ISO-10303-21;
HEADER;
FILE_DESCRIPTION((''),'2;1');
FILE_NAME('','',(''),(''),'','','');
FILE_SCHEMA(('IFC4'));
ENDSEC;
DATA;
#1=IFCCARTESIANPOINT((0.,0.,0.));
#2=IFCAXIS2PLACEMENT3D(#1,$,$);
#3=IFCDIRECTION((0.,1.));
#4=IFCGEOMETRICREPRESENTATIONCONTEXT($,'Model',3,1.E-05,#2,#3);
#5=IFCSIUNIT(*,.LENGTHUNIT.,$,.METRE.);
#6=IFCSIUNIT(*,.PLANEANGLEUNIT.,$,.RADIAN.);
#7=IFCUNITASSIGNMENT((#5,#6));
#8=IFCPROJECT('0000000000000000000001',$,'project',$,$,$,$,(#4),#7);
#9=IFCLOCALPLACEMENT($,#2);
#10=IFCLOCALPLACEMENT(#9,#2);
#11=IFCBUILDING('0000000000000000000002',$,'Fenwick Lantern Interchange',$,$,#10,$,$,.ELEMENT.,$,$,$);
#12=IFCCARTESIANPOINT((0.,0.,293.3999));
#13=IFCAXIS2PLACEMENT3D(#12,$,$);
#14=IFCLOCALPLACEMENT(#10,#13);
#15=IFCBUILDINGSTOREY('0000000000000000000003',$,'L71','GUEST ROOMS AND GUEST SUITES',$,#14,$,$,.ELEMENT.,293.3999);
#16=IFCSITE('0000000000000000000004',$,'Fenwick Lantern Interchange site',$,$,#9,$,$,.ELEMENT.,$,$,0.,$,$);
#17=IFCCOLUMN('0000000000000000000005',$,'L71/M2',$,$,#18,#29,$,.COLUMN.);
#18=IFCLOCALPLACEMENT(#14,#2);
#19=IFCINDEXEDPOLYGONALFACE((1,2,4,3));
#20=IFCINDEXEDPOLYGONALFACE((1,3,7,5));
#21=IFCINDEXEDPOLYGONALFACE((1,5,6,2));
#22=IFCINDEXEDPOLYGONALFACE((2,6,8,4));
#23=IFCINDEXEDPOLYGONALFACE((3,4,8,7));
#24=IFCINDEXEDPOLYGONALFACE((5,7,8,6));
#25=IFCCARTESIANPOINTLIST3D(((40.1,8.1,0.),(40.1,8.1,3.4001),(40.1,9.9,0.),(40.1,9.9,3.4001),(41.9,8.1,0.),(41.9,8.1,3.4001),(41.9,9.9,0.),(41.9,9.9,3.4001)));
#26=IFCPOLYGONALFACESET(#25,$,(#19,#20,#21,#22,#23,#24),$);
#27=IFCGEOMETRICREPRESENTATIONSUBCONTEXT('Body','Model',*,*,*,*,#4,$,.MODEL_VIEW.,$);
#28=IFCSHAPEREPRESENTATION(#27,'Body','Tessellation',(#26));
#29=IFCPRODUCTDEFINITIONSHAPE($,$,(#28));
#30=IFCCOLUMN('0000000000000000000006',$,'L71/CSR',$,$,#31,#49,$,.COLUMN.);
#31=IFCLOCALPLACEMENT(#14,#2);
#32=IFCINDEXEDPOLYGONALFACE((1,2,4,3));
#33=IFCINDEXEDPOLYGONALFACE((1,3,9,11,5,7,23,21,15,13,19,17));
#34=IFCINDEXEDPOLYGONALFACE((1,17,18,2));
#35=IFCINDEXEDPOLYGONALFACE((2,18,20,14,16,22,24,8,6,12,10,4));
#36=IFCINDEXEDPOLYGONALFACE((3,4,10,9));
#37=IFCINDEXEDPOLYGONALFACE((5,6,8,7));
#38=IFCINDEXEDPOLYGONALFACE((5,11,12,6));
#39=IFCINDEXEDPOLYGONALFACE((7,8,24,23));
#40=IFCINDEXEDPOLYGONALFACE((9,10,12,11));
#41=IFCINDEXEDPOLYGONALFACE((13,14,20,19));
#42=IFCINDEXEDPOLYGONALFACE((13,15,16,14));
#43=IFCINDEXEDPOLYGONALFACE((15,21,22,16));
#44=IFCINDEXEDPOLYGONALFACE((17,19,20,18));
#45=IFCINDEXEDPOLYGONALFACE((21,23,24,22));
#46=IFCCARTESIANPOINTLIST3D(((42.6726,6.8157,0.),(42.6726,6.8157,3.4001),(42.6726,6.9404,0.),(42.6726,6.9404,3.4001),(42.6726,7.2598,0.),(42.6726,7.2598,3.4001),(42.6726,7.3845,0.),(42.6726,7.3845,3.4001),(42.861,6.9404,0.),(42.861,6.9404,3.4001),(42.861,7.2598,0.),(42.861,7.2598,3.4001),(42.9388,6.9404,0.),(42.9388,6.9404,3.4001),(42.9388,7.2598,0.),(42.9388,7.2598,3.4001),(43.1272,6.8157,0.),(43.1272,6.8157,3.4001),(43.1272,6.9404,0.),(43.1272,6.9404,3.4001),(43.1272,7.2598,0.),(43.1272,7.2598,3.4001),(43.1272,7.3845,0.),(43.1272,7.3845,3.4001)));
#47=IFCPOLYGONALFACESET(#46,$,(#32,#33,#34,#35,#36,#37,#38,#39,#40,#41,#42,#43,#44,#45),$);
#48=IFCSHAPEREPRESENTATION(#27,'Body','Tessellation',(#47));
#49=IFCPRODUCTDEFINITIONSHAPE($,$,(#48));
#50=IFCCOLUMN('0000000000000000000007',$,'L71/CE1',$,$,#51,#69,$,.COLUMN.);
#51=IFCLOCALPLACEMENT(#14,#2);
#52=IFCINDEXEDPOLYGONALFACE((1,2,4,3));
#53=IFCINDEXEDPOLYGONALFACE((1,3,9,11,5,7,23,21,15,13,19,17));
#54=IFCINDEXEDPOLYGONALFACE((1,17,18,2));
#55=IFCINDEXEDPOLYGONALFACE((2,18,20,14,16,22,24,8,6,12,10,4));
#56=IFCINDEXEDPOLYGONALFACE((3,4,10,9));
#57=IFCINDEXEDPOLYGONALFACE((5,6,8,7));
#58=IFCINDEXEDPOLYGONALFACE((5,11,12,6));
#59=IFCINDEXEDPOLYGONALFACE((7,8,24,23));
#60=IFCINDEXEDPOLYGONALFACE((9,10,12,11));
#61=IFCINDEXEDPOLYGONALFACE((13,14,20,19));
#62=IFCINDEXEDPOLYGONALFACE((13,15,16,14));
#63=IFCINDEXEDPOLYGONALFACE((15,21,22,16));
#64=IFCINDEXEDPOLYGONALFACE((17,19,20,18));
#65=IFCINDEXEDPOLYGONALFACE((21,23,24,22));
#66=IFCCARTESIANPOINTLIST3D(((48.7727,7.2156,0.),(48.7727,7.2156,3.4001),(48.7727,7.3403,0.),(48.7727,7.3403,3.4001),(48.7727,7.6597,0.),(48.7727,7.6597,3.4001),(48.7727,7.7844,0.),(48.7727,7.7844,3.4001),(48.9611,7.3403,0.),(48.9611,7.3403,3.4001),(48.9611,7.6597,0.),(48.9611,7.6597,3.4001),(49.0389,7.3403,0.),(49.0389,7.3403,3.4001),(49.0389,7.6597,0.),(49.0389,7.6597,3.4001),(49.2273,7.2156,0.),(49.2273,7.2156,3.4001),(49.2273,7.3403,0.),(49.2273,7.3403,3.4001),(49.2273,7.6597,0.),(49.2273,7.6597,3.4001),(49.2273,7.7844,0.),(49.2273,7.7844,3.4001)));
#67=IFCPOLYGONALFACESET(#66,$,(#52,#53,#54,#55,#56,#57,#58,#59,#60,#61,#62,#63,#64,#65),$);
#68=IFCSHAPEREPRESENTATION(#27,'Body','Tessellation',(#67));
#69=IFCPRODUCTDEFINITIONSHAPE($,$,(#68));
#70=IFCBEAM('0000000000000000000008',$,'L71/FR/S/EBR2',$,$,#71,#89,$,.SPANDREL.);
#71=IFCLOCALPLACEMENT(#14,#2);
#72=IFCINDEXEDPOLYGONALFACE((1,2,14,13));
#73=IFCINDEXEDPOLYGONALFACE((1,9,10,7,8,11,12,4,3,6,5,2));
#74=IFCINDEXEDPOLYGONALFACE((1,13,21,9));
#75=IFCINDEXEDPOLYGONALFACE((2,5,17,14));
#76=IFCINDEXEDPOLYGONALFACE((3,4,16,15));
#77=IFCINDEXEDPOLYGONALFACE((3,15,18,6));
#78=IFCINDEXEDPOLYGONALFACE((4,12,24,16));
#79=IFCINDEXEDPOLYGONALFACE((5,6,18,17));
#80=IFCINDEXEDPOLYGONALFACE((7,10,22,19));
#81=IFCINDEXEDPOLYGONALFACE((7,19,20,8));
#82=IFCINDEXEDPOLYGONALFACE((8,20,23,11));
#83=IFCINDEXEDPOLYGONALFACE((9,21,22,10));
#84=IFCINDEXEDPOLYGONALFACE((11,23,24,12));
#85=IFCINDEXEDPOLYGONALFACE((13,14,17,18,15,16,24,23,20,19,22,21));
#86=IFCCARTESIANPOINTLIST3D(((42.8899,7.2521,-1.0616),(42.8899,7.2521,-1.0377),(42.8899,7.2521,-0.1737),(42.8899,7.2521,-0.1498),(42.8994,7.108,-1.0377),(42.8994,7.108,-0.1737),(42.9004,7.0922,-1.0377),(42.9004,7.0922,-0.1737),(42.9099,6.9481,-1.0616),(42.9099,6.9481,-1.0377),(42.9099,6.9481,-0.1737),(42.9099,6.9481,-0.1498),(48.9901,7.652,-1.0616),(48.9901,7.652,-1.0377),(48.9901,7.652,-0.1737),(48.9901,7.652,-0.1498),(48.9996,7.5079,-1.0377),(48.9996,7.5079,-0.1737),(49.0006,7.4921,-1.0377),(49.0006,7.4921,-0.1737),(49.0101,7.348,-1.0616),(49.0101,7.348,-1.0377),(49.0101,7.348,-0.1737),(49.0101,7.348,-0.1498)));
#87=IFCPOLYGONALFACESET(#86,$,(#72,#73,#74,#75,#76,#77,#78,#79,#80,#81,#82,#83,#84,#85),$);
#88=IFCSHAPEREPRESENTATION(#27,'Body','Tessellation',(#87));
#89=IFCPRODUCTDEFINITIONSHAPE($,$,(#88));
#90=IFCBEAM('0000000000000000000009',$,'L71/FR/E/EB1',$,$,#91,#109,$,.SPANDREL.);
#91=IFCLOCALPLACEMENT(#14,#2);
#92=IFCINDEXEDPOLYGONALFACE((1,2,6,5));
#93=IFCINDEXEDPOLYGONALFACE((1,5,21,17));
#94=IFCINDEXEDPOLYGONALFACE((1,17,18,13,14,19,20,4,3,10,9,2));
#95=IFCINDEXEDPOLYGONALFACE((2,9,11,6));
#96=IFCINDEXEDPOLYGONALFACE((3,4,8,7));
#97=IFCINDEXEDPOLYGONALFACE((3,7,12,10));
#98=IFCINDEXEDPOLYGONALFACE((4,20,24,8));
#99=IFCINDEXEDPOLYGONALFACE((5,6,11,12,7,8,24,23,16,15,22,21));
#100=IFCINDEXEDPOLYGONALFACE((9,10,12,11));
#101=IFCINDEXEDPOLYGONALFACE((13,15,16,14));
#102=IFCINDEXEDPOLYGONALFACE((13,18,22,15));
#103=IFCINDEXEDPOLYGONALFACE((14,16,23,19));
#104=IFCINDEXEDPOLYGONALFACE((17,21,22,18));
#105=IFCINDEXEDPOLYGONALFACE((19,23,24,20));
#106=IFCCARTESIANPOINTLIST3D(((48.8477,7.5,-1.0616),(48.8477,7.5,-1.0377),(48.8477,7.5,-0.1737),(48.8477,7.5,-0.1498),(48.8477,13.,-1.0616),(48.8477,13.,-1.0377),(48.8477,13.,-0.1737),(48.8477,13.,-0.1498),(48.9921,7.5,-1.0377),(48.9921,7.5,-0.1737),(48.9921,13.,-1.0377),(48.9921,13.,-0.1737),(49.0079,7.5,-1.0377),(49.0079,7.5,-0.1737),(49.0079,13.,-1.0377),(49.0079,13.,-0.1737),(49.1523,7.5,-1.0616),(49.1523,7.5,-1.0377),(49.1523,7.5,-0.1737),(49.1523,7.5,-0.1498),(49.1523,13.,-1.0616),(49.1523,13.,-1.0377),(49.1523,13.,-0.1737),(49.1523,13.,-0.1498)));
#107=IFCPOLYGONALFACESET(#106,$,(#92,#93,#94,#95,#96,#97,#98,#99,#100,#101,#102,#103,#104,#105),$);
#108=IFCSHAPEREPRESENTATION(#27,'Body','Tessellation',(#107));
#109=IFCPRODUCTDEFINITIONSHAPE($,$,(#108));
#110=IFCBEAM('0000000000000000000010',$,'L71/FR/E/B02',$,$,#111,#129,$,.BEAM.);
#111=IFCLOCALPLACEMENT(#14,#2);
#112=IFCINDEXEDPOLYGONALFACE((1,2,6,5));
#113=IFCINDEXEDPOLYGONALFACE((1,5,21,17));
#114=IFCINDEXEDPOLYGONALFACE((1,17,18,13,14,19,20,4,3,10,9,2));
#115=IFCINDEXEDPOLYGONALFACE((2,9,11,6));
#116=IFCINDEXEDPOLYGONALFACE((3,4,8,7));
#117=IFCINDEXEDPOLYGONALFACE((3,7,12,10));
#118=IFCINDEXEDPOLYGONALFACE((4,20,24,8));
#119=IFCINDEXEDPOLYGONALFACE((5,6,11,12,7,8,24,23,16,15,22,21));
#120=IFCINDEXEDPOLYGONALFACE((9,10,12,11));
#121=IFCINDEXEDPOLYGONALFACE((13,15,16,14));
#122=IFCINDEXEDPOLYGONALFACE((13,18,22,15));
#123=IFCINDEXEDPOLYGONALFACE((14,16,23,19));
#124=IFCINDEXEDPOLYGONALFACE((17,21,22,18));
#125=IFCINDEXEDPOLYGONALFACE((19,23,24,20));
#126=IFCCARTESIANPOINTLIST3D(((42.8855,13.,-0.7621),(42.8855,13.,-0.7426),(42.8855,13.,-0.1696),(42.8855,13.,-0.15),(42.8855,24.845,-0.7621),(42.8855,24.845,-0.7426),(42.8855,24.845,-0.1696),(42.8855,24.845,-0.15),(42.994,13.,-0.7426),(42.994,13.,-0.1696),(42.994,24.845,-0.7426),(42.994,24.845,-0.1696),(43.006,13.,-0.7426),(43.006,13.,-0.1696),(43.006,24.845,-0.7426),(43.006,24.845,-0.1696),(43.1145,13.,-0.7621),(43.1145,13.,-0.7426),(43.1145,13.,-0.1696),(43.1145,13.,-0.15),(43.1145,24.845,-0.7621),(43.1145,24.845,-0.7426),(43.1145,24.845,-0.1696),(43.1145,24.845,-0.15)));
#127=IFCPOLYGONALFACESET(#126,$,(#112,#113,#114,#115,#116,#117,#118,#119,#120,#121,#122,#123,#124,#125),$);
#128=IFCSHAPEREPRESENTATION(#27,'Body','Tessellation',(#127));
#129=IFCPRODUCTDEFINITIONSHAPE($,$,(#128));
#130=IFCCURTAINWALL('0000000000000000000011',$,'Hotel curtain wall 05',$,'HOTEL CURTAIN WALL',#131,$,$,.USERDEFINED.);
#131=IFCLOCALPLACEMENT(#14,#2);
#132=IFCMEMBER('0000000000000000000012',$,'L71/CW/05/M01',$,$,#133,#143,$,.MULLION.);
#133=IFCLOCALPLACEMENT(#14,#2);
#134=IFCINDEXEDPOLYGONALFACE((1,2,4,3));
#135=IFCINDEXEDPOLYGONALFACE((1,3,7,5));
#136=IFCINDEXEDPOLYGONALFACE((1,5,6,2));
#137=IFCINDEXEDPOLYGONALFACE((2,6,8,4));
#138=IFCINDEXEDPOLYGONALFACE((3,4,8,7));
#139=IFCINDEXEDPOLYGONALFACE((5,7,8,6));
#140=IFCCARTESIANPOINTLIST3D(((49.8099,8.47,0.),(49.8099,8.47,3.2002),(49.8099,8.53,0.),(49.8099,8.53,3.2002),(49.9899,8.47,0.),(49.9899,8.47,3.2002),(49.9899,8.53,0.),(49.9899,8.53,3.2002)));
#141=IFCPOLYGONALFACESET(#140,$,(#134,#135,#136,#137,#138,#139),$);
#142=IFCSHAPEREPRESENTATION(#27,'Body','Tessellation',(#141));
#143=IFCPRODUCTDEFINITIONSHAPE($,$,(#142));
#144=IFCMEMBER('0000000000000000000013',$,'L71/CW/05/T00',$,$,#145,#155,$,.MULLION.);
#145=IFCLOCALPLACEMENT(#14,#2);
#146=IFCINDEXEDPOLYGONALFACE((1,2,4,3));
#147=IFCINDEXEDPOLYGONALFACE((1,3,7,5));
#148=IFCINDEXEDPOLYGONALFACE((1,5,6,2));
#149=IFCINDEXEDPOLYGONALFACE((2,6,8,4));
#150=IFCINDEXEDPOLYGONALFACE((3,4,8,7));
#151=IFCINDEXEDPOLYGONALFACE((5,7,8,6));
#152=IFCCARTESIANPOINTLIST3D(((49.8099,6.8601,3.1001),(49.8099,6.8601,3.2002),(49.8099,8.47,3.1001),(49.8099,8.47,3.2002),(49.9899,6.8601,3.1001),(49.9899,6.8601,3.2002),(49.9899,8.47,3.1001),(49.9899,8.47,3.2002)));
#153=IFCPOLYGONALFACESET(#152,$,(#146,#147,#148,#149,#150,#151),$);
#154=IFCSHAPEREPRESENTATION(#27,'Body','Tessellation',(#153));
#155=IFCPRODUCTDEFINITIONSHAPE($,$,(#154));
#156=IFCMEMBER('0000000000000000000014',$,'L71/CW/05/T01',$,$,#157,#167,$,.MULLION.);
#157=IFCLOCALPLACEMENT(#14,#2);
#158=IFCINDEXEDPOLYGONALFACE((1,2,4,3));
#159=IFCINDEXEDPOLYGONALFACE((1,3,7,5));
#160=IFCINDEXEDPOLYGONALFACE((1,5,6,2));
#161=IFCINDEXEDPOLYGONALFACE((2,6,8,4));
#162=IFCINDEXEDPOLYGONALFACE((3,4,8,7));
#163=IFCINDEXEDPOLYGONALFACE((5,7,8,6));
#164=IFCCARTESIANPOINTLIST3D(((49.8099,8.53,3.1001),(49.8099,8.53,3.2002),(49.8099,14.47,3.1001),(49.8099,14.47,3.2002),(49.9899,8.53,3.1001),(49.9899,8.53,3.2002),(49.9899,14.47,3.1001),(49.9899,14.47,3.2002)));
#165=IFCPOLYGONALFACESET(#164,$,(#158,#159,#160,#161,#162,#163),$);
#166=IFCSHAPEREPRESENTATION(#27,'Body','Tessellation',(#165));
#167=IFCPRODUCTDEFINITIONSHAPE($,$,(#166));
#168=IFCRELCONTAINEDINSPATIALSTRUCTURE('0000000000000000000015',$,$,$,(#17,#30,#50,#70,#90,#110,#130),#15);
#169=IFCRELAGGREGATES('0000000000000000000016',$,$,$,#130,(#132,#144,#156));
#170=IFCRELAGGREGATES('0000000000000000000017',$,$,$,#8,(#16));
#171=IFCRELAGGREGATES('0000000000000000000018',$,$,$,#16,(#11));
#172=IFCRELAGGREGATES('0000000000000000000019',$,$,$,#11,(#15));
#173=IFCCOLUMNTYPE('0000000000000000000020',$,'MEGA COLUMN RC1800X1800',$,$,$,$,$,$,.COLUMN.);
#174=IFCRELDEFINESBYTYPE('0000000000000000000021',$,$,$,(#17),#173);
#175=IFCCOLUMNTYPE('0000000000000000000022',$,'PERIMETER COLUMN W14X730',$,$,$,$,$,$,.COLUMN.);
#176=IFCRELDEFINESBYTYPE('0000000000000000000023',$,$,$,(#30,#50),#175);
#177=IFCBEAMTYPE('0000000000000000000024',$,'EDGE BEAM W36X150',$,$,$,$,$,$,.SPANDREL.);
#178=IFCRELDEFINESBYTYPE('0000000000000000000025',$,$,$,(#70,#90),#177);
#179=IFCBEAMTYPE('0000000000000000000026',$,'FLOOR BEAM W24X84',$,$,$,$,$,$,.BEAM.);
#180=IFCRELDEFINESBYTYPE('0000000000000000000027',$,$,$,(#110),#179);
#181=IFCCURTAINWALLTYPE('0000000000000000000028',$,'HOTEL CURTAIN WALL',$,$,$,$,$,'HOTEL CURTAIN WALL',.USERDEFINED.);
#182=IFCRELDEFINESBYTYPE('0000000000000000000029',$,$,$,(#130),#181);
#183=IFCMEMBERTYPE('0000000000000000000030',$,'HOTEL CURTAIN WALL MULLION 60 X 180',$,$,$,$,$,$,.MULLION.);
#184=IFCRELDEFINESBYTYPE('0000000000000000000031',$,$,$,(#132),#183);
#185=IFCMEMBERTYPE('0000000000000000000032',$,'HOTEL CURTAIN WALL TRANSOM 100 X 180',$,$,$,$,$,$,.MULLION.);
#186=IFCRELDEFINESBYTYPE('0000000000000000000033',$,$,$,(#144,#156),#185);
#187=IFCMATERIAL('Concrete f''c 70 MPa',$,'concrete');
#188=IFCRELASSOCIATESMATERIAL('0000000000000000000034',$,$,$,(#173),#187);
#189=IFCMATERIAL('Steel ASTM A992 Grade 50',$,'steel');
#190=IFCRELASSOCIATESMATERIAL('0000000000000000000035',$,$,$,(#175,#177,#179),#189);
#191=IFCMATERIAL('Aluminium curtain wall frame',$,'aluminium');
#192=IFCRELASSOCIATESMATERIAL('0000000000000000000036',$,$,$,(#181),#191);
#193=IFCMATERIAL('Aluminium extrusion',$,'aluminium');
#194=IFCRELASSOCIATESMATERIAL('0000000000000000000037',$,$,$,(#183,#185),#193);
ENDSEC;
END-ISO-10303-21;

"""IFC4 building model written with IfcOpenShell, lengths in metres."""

from ifc_helpers import new_model, si_unit, direction, frame, origin, origin_2d, place, context, subcontext, project, spatial, rectangle, i_section, extrude, material, material_profile, profile_set, type_object, element, aggregate, save


model = new_model("IFC4")

# Units and contexts
model_context = context("Model", 3, precision=1e-05, world=origin(), true_north=direction((0.0, 1.0)))
body_context = subcontext(model_context, "Body", "Model", "MODEL_VIEW")
ifc_project = project(units=[si_unit("LENGTHUNIT", "METRE"), si_unit("PLANEANGLEUNIT", "RADIAN")], contexts=[model_context])

# Site, building, storey
site_placement = place(None, origin())
site = spatial("IfcSite", under=ifc_project, at=site_placement, Name="Fenwick Lantern Interchange site", CompositionType="ELEMENT", RefElevation=0.0)
building_placement = place(site_placement, origin())
building = spatial("IfcBuilding", under=site, at=building_placement, Name="Fenwick Lantern Interchange", CompositionType="ELEMENT")
storey_placement = place(building_placement, frame((0.0, 0.0, 293.3999)))
storey = spatial("IfcBuildingStorey", under=building, at=storey_placement, Name="L71", Description="GUEST ROOMS AND GUEST SUITES", CompositionType="ELEMENT", Elevation=293.3999)

# Columns
ifc_material_1 = material(Name="Concrete f'c 70 MPa", Category="concrete")
ifc_material_profile_1 = material_profile(ifc_material_1, rectangle(XDim=1.8, YDim=1.8, at=origin_2d()), Name="RC1800X1800")
ifc_profile_set_1 = profile_set([ifc_material_profile_1], Name="Concrete f'c 70 MPa")
column_type_1 = type_object("IfcColumnType", Name="MEGA COLUMN RC1800X1800", PredefinedType="COLUMN", material=ifc_profile_set_1)
column_placement = place(storey_placement, frame((41.0, 9.0, 0.0), z_axis=(0.0, 0.0, 1.0), x_axis=(1.0, 0.0, 0.0)))
element("IfcColumn", 1, at=column_placement, inside=storey, type_object=column_type_1, Name="L71/M2", PredefinedType="COLUMN", context=body_context, shape_type="SweptSolid", body=[
    extrude(rectangle(XDim=1.8, YDim=1.8, at=origin_2d()), origin(), (0.0, 0.0, 1.0), 3.4001),
])
ifc_material_2 = material(Name="Steel ASTM A992 Grade 50", Category="steel")
ifc_material_profile_2 = material_profile(ifc_material_2, i_section(OverallWidth=0.4546, OverallDepth=0.5688, WebThickness=0.0779, FlangeThickness=0.1248, at=origin_2d()), Name="W14X730")
ifc_profile_set_2 = profile_set([ifc_material_profile_2], Name="Steel ASTM A992 Grade 50")
column_type_2 = type_object("IfcColumnType", Name="PERIMETER COLUMN W14X730", PredefinedType="COLUMN", material=ifc_profile_set_2)
for number, where, z_axis, x_axis, name in (
    (2, (42.8999, 7.1001, 0.0), (0.0, 0.0, 1.0), (1.0, 0.0, 0.0), "L71/CSR"),
    (3, (49.0, 7.5, 0.0), (0.0, 0.0, 1.0), (1.0, 0.0, 0.0), "L71/CE1"),
):
    element("IfcColumn", number, at=place(storey_placement, frame(where, z_axis=z_axis, x_axis=x_axis)), inside=storey, type_object=column_type_2, Name=name, PredefinedType="COLUMN", context=body_context, shape_type="SweptSolid", body=[
        extrude(i_section(OverallWidth=0.4546, OverallDepth=0.5688, WebThickness=0.0779, FlangeThickness=0.1248, at=origin_2d()), origin(), (0.0, 0.0, 1.0), 3.4001),
    ])

# Beams
ifc_material_profile_3 = material_profile(ifc_material_2, i_section(OverallWidth=0.3047, OverallDepth=0.9119, WebThickness=0.0159, FlangeThickness=0.0239, at=origin_2d()), Name="W36X150")
ifc_profile_set_3 = profile_set([ifc_material_profile_3], Name="Steel ASTM A992 Grade 50")
beam_type_1 = type_object("IfcBeamType", Name="EDGE BEAM W36X150", PredefinedType="SPANDREL", material=ifc_profile_set_3)
beam_1_placement = place(storey_placement, frame((42.8999, 7.1001, -0.6057), z_axis=(0.997858, 0.065416, 0.0), x_axis=(-0.065416, 0.997858, 0.0)))
element("IfcBeam", 4, at=beam_1_placement, inside=storey, type_object=beam_type_1, Name="L71/FR/S/EBR2", PredefinedType="SPANDREL", context=body_context, shape_type="SweptSolid", body=[
    extrude(i_section(OverallWidth=0.3047, OverallDepth=0.9119, WebThickness=0.0159, FlangeThickness=0.0239, at=origin_2d()), origin(), (0.0, 0.0, 1.0), 6.1133),
])
beam_2_placement = place(storey_placement, frame((49.0, 7.5, -0.6057), z_axis=(0.0, 1.0, 0.0), x_axis=(-1.0, 0.0, 0.0)))
element("IfcBeam", 5, at=beam_2_placement, inside=storey, type_object=beam_type_1, Name="L71/FR/E/EB1", PredefinedType="SPANDREL", context=body_context, shape_type="SweptSolid", body=[
    extrude(i_section(OverallWidth=0.3047, OverallDepth=0.9119, WebThickness=0.0159, FlangeThickness=0.0239, at=origin_2d()), origin(), (0.0, 0.0, 1.0), 5.5),
])
ifc_material_profile_4 = material_profile(ifc_material_2, i_section(OverallWidth=0.229, OverallDepth=0.6121, WebThickness=0.012, FlangeThickness=0.0195, at=origin_2d()), Name="W24X84")
ifc_profile_set_4 = profile_set([ifc_material_profile_4], Name="Steel ASTM A992 Grade 50")
beam_type_2 = type_object("IfcBeamType", Name="FLOOR BEAM W24X84", PredefinedType="BEAM", material=ifc_profile_set_4)
beam_3_placement = place(storey_placement, frame((43.0, 13.0, -0.4561), z_axis=(0.0, 1.0, 0.0), x_axis=(-1.0, 0.0, 0.0)))
element("IfcBeam", 6, at=beam_3_placement, inside=storey, type_object=beam_type_2, Name="L71/FR/E/B02", PredefinedType="BEAM", context=body_context, shape_type="SweptSolid", body=[
    extrude(i_section(OverallWidth=0.229, OverallDepth=0.6121, WebThickness=0.012, FlangeThickness=0.0195, at=origin_2d()), origin(), (0.0, 0.0, 1.0), 11.845),
])

# Curtain wall, members
ifc_material_3 = material(Name="Aluminium curtain wall frame", Category="aluminium")
curtain_wall_type = type_object("IfcCurtainWallType", Name="HOTEL CURTAIN WALL", ElementType="HOTEL CURTAIN WALL", PredefinedType="USERDEFINED", material=ifc_material_3)
curtain_wall_placement = place(storey_placement, origin())
curtain_wall = element("IfcCurtainWall", 7, at=curtain_wall_placement, inside=storey, type_object=curtain_wall_type, Name="Hotel curtain wall 05", ObjectType="HOTEL CURTAIN WALL", PredefinedType="USERDEFINED")
ifc_material_4 = material(Name="Aluminium extrusion", Category="aluminium")
ifc_material_profile_5 = material_profile(ifc_material_4, rectangle(XDim=0.1799, YDim=0.0601, at=origin_2d()), Name="HOTEL CURTAIN WALL MULLION 60 X 180")
ifc_profile_set_5 = profile_set([ifc_material_profile_5], Name="Aluminium extrusion")
member_type_1 = type_object("IfcMemberType", Name="HOTEL CURTAIN WALL MULLION 60 X 180", PredefinedType="MULLION", material=ifc_profile_set_5)
member_1_placement = place(storey_placement, frame((49.8999, 8.5, 0.0), z_axis=(0.0, 0.0, 1.0), x_axis=(-1.0, 0.0, 0.0)))
member_1 = element("IfcMember", 8, at=member_1_placement, type_object=member_type_1, Name="L71/CW/05/M01", PredefinedType="MULLION", context=body_context, shape_type="SweptSolid", body=[
    extrude(rectangle(XDim=0.1799, YDim=0.0601, at=origin_2d()), origin(), (0.0, 0.0, 1.0), 3.2002),
])
ifc_material_profile_6 = material_profile(ifc_material_4, rectangle(XDim=0.1799, YDim=0.1001, at=origin_2d()), Name="HOTEL CURTAIN WALL TRANSOM 100 X 180")
ifc_profile_set_6 = profile_set([ifc_material_profile_6], Name="Aluminium extrusion")
member_type_2 = type_object("IfcMemberType", Name="HOTEL CURTAIN WALL TRANSOM 100 X 180", PredefinedType="MULLION", material=ifc_profile_set_6)
member_2_placement = place(storey_placement, frame((49.8999, 6.8601, 3.1501), z_axis=(0.0, 1.0, 0.0), x_axis=(-1.0, 0.0, 0.0)))
member_2 = element("IfcMember", 9, at=member_2_placement, type_object=member_type_2, Name="L71/CW/05/T00", PredefinedType="MULLION", context=body_context, shape_type="SweptSolid", body=[
    extrude(rectangle(XDim=0.1799, YDim=0.1001, at=origin_2d()), origin(), (0.0, 0.0, 1.0), 1.6099),
])
member_3_placement = place(storey_placement, frame((49.8999, 8.53, 3.1501), z_axis=(0.0, 1.0, 0.0), x_axis=(-1.0, 0.0, 0.0)))
member_3 = element("IfcMember", 10, at=member_3_placement, type_object=member_type_2, Name="L71/CW/05/T01", PredefinedType="MULLION", context=body_context, shape_type="SweptSolid", body=[
    extrude(rectangle(XDim=0.1799, YDim=0.1001, at=origin_2d()), origin(), (0.0, 0.0, 1.0), 5.9399),
])

aggregate(curtain_wall, [member_1, member_2, member_3])

save(model, "model.ifc")
